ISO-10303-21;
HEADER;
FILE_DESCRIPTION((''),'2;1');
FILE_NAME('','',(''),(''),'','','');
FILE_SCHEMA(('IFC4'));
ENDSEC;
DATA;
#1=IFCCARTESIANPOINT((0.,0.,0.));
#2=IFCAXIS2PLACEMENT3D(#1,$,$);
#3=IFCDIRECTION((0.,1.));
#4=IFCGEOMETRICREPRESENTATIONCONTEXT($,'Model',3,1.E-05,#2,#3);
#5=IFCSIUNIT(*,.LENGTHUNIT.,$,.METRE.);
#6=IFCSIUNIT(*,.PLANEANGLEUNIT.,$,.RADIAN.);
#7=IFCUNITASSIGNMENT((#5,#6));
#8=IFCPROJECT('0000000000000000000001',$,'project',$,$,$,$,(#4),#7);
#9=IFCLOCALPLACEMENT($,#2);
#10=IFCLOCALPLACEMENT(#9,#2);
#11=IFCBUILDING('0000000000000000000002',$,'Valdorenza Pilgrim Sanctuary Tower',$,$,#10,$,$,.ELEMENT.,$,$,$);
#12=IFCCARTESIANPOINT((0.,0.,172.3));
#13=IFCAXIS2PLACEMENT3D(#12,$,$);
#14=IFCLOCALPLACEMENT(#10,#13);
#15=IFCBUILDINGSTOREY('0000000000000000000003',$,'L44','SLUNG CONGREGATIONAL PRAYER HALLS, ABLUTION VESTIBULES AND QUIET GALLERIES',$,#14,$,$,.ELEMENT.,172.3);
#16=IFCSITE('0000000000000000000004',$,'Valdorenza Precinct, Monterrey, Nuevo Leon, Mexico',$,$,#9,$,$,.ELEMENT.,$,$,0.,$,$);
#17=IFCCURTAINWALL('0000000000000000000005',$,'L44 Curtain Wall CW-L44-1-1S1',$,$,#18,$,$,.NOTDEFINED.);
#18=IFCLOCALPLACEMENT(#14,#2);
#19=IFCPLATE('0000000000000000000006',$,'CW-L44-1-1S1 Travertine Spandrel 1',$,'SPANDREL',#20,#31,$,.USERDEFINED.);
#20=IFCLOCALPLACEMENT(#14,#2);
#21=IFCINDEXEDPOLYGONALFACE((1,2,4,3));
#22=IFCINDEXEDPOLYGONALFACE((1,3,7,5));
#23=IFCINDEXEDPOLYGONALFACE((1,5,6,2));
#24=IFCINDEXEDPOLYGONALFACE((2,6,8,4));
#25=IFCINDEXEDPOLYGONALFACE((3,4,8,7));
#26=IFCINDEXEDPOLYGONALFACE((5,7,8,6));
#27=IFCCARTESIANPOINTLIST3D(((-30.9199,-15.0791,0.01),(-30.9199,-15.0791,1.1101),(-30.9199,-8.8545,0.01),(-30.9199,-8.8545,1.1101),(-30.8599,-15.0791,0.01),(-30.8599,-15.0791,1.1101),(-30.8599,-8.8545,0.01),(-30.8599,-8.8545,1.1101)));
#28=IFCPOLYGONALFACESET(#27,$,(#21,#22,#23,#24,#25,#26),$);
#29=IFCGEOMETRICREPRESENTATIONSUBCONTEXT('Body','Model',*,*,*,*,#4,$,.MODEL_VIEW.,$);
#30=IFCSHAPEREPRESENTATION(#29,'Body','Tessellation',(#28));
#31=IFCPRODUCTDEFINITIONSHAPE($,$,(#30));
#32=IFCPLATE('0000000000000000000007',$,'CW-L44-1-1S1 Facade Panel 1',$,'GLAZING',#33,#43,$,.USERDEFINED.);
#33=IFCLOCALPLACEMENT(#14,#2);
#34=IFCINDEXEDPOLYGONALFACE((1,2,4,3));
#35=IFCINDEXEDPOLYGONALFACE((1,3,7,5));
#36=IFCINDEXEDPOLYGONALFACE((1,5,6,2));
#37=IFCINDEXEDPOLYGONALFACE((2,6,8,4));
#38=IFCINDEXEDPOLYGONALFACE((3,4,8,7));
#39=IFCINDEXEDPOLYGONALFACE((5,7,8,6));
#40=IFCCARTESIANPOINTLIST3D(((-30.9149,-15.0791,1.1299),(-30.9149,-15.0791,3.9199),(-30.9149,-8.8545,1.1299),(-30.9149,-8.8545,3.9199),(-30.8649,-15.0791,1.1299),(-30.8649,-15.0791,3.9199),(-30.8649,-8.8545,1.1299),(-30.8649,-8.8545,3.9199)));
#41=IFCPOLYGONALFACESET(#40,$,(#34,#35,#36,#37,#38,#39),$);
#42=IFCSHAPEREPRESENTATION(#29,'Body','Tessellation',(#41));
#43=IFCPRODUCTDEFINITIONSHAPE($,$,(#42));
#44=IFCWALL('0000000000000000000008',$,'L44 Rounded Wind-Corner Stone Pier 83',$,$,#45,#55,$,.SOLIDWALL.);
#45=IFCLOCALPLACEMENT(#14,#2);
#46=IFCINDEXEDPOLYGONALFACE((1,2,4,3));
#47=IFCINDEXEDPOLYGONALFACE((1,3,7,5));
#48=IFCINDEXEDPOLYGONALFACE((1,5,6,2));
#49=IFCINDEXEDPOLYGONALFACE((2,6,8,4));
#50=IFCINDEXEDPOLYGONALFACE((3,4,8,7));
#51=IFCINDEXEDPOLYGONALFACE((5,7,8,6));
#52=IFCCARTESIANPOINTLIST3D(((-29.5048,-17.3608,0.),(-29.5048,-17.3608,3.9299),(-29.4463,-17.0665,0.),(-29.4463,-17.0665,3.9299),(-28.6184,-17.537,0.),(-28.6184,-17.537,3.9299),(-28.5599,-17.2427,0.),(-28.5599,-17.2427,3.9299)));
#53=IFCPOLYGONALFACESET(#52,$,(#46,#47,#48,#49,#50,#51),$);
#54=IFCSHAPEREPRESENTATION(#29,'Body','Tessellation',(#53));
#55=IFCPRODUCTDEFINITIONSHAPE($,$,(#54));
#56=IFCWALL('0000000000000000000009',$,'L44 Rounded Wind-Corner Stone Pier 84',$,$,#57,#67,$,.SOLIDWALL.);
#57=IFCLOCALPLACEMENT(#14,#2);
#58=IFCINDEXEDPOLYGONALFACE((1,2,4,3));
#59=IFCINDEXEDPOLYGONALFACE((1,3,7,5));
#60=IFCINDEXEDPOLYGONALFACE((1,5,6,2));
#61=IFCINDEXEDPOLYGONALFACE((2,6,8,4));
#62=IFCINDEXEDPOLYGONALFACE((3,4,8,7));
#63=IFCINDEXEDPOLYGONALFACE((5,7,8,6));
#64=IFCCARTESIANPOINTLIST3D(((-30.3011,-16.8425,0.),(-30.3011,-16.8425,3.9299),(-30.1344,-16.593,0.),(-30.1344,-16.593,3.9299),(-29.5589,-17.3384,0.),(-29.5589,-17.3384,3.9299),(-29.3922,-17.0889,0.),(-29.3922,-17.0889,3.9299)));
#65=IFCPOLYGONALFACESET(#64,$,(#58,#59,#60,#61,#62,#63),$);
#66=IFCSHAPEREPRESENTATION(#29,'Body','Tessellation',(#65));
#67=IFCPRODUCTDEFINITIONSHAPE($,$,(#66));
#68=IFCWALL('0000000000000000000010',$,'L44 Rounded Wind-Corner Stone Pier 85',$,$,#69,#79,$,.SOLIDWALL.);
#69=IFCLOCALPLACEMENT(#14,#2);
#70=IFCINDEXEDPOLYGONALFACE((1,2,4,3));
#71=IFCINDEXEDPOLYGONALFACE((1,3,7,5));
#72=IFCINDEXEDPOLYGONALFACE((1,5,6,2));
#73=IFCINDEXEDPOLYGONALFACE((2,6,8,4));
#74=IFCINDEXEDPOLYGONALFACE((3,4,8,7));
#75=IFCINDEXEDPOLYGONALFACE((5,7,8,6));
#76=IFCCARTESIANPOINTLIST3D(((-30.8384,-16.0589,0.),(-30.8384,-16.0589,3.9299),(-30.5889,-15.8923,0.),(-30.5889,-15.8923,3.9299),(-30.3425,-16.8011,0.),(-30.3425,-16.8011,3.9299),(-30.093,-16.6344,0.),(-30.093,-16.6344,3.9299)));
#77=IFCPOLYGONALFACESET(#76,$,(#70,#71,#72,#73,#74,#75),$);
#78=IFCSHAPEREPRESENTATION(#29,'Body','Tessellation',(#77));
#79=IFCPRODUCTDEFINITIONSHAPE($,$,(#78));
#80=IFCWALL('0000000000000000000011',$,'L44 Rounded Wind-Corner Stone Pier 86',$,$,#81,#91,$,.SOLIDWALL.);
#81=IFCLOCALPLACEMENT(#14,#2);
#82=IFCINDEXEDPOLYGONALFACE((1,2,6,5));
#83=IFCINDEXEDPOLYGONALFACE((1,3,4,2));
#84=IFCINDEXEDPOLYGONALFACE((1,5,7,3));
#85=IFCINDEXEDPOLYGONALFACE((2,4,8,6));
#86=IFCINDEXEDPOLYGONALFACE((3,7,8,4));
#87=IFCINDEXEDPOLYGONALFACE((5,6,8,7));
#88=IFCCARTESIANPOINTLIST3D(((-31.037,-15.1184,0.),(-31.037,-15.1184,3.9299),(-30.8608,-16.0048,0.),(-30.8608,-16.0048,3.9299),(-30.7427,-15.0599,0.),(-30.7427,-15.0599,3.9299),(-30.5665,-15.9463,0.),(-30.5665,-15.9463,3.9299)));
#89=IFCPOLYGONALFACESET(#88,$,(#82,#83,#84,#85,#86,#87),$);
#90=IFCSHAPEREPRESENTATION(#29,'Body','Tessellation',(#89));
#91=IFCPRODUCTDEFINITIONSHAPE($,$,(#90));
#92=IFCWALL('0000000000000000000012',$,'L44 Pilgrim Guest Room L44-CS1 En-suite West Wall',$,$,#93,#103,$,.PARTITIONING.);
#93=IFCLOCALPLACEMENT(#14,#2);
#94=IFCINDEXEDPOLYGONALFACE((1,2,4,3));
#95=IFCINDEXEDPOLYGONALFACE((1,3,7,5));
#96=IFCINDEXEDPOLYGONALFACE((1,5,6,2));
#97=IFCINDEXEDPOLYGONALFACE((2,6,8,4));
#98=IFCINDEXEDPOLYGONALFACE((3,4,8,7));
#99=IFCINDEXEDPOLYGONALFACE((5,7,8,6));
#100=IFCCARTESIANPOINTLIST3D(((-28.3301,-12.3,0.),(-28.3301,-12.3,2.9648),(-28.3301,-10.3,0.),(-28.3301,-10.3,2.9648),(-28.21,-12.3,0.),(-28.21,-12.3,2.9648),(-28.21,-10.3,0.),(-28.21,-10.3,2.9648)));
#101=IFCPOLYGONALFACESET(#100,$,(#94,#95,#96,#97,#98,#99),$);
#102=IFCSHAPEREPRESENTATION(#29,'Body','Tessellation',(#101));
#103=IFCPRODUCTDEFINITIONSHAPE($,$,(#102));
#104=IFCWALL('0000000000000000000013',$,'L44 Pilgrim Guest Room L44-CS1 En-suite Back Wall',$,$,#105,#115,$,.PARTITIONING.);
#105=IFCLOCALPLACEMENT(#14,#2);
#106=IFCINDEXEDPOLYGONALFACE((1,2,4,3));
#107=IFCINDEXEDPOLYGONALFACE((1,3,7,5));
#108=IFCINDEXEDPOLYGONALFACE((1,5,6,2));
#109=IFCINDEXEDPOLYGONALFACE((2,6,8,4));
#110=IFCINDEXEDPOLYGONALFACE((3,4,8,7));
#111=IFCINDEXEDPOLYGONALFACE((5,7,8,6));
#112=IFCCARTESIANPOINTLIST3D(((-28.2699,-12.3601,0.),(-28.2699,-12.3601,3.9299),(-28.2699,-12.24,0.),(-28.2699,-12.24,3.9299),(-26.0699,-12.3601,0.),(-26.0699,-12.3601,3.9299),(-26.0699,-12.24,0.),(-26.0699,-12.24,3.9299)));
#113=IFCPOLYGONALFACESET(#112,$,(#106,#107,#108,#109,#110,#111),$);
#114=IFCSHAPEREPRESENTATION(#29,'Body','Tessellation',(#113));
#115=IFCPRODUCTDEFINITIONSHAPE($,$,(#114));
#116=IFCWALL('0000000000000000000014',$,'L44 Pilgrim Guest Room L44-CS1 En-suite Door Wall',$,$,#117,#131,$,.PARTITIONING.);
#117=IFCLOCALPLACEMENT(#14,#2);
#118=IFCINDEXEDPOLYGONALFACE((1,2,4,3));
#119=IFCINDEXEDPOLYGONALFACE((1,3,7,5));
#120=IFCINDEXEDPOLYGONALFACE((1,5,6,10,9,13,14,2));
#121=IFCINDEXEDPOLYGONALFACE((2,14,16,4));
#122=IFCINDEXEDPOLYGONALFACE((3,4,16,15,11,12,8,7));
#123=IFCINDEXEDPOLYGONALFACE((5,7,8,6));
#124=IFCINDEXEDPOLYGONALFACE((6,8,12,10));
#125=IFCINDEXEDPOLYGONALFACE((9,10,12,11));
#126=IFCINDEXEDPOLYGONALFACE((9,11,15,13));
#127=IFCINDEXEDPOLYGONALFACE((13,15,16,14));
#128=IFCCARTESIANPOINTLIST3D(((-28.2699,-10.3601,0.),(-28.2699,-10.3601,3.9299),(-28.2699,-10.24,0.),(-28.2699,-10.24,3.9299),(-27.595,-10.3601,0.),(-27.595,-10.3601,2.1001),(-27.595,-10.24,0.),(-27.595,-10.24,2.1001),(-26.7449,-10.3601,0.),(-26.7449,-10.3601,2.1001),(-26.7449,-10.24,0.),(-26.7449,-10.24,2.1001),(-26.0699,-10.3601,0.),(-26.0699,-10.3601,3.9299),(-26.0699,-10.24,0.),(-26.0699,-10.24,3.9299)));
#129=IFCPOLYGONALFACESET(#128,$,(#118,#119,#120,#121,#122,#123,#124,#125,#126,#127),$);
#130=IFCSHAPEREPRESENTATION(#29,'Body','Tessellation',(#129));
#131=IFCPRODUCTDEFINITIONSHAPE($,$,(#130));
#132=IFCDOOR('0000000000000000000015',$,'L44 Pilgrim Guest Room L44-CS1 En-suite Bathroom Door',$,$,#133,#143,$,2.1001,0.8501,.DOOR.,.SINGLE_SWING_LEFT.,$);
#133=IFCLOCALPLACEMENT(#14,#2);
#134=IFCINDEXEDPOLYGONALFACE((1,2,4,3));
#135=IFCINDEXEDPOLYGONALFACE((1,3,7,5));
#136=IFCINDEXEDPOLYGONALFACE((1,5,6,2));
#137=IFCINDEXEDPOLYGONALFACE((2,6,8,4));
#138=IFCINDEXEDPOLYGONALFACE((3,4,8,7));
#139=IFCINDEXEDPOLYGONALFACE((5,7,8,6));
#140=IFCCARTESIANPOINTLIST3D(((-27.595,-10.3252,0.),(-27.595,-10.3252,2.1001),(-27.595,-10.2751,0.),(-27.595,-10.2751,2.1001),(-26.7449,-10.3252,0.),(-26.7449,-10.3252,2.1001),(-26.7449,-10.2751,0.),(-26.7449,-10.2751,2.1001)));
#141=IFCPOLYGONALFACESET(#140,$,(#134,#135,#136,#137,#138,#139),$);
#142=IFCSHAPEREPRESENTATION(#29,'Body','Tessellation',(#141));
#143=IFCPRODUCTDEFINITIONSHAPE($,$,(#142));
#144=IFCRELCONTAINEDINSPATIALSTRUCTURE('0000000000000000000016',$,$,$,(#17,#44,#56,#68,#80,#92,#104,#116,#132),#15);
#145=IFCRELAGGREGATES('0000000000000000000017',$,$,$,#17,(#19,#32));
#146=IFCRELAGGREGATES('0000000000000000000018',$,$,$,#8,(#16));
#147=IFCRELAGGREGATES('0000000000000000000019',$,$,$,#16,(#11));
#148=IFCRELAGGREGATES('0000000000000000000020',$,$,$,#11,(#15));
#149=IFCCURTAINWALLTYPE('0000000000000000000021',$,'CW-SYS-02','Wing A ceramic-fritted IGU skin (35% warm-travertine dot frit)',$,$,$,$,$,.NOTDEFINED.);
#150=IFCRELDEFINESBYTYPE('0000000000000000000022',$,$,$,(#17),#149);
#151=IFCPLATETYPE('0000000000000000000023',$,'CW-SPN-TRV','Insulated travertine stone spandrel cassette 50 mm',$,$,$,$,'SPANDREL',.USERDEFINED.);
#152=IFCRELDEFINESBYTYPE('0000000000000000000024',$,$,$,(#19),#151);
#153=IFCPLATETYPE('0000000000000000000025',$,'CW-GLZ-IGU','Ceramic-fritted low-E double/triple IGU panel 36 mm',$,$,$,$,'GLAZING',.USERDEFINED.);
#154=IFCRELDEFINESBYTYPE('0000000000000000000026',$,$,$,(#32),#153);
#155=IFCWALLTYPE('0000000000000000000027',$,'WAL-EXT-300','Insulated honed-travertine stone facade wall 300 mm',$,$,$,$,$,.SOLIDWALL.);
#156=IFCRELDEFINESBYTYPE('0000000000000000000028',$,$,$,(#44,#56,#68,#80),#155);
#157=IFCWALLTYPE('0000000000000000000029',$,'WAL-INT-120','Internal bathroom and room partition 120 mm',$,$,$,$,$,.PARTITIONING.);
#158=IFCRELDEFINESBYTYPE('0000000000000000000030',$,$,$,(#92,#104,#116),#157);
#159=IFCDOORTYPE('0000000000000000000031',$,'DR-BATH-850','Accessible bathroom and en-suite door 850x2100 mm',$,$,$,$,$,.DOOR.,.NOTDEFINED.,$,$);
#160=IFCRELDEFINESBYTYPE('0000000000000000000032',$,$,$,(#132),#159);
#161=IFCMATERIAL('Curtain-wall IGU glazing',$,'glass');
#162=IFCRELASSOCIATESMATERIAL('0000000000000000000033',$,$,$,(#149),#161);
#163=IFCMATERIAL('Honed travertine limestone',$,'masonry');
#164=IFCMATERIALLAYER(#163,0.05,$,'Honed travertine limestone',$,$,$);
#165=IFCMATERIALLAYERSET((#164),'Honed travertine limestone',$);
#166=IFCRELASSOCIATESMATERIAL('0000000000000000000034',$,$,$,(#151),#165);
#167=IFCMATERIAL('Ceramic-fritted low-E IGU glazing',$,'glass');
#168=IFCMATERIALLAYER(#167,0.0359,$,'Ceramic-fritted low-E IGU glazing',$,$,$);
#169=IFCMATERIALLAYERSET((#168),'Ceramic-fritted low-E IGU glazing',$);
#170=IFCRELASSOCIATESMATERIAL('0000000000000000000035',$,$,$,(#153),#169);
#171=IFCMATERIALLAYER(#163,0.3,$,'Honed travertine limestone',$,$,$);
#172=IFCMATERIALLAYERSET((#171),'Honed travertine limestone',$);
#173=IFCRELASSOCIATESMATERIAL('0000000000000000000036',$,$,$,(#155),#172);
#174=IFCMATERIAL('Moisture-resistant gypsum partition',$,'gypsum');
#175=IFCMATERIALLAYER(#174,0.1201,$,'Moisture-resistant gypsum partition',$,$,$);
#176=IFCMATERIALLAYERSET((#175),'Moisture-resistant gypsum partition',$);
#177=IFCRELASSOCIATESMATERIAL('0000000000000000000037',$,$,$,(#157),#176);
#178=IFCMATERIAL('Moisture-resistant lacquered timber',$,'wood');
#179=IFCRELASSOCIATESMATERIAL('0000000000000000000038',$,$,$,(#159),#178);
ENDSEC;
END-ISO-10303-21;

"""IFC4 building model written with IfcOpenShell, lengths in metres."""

from ifc_helpers import new_model, si_unit, direction, frame, frame_2d, origin, origin_2d, place, context, subcontext, project, spatial, rectangle, extrude, source, transform, mapped, material, layer, layer_set, type_object, element, fill, aggregate, save


model = new_model("IFC4")

# Units and contexts
model_context = context("Model", 3, precision=1e-05, world=origin(), true_north=direction((0.0, 1.0)))
body_context = subcontext(model_context, "Body", "Model", "MODEL_VIEW")
ifc_project = project(units=[si_unit("LENGTHUNIT", "METRE"), si_unit("PLANEANGLEUNIT", "RADIAN")], contexts=[model_context])

# Site, building, storey
site_placement = place(None, origin())
site = spatial("IfcSite", under=ifc_project, at=site_placement, Name="Valdorenza Precinct, Monterrey, Nuevo Leon, Mexico", CompositionType="ELEMENT", RefElevation=0.0)
building_placement = place(site_placement, origin())
building = spatial("IfcBuilding", under=site, at=building_placement, Name="Valdorenza Pilgrim Sanctuary Tower", CompositionType="ELEMENT")
storey_placement = place(building_placement, frame((0.0, 0.0, 172.3)))
storey = spatial("IfcBuildingStorey", under=building, at=storey_placement, Name="L44", Description="SLUNG CONGREGATIONAL PRAYER HALLS, ABLUTION VESTIBULES AND QUIET GALLERIES", CompositionType="ELEMENT", Elevation=172.3)

# Curtain wall
ifc_material_1 = material(Name="Curtain-wall IGU glazing", Category="glass")
curtain_wall_type = type_object("IfcCurtainWallType", Name="CW-SYS-02", Description="Wing A ceramic-fritted IGU skin (35% warm-travertine dot frit)", PredefinedType="NOTDEFINED", material=ifc_material_1)
curtain_wall_1_placement = place(storey_placement, origin())
curtain_wall_1 = element("IfcCurtainWall", 1, at=curtain_wall_1_placement, inside=storey, type_object=curtain_wall_type, Name="L44 Curtain Wall CW-L44-1-1S1", PredefinedType="NOTDEFINED")

# Plates
ifc_material_2 = material(Name="Honed travertine limestone", Category="masonry")
ifc_layer_1 = layer(ifc_material_2, 0.05, Name="Honed travertine limestone")
ifc_layer_set_1 = layer_set([ifc_layer_1], Name="Honed travertine limestone")
plate_type_1 = type_object("IfcPlateType", Name="CW-SPN-TRV", Description="Insulated travertine stone spandrel cassette 50 mm", ElementType="SPANDREL", PredefinedType="USERDEFINED", material=ifc_layer_set_1)
shared_shape_1 = source(origin(), body_context, "Body", "SweptSolid", [
    extrude(rectangle(XDim=6.2246, YDim=0.0601, at=origin_2d()), origin(), (0.0, 0.0, 1.0), 1.1001),
])
plate_1_placement = place(storey_placement, frame((-30.8899, -11.9668, 0.01), z_axis=(0.0, 0.0, 1.0), x_axis=(0.0, 1.0, 0.0)))
plate_1 = element("IfcPlate", 2, at=plate_1_placement, type_object=plate_type_1, Name="CW-L44-1-1S1 Travertine Spandrel 1", ObjectType="SPANDREL", PredefinedType="USERDEFINED", context=body_context, shape_type="MappedRepresentation", body=[
    mapped(shared_shape_1, transform((0.0, 0.0, 0.0), x_axis=(1.0, 0.0, 0.0), y_axis=(0.0, 1.0, 0.0), z_axis=(0.0, 0.0, 1.0), scale=1.0)),
])
ifc_material_3 = material(Name="Ceramic-fritted low-E IGU glazing", Category="glass")
ifc_layer_2 = layer(ifc_material_3, 0.0359, Name="Ceramic-fritted low-E IGU glazing")
ifc_layer_set_2 = layer_set([ifc_layer_2], Name="Ceramic-fritted low-E IGU glazing")
plate_type_2 = type_object("IfcPlateType", Name="CW-GLZ-IGU", Description="Ceramic-fritted low-E double/triple IGU panel 36 mm", ElementType="GLAZING", PredefinedType="USERDEFINED", material=ifc_layer_set_2)
shared_shape_2 = source(origin(), body_context, "Body", "SweptSolid", [
    extrude(rectangle(XDim=6.2246, YDim=0.05, at=origin_2d()), origin(), (0.0, 0.0, 1.0), 2.79),
])
plate_2_placement = place(storey_placement, frame((-30.8899, -11.9668, 1.1299), z_axis=(0.0, 0.0, 1.0), x_axis=(0.0, 1.0, 0.0)))
plate_2 = element("IfcPlate", 3, at=plate_2_placement, type_object=plate_type_2, Name="CW-L44-1-1S1 Facade Panel 1", ObjectType="GLAZING", PredefinedType="USERDEFINED", context=body_context, shape_type="MappedRepresentation", body=[
    mapped(shared_shape_2, transform((0.0, 0.0, 0.0), x_axis=(1.0, 0.0, 0.0), y_axis=(0.0, 1.0, 0.0), z_axis=(0.0, 0.0, 1.0), scale=1.0)),
])
aggregate(curtain_wall_1, [plate_1, plate_2])

# Walls
ifc_layer_3 = layer(ifc_material_2, 0.3, Name="Honed travertine limestone")
ifc_layer_set_3 = layer_set([ifc_layer_3], Name="Honed travertine limestone")
wall_type_1 = type_object("IfcWallType", Name="WAL-EXT-300", Description="Insulated honed-travertine stone facade wall 300 mm", PredefinedType="SOLIDWALL", material=ifc_layer_set_3)
wall_1_placement = place(storey_placement, frame((-28.5891, -17.3899, 0.0), z_axis=(0.0, 0.0, 1.0), x_axis=(-0.980798, 0.195025, 0.0)))
element("IfcWall", 4, at=wall_1_placement, inside=storey, type_object=wall_type_1, Name="L44 Rounded Wind-Corner Stone Pier 83", PredefinedType="SOLIDWALL", context=body_context, shape_type="SweptSolid", body=[
    extrude(rectangle(XDim=0.9038, YDim=0.3, at=frame_2d((0.4519, 0.0))), origin(), (0.0, 0.0, 1.0), 3.9299),
])
for number, where, z_axis, x_axis, name in (
    (5, (-29.4756, -17.2136, 0.0), (0.0, 0.0, 1.0), (-0.831503, 0.55552, 0.0), "L44 Rounded Wind-Corner Stone Pier 84"),
    (6, (-30.2178, -16.7178, 0.0), (0.0, 0.0, 1.0), (-0.55552, 0.831503, 0.0), "L44 Rounded Wind-Corner Stone Pier 85"),
):
    element("IfcWall", number, at=place(storey_placement, frame(where, z_axis=z_axis, x_axis=x_axis)), inside=storey, type_object=wall_type_1, Name=name, PredefinedType="SOLIDWALL", context=body_context, shape_type="SweptSolid", body=[
        extrude(rectangle(XDim=0.8926, YDim=0.3, at=frame_2d((0.4463, 0.0))), origin(), (0.0, 0.0, 1.0), 3.9299),
    ])
wall_2_placement = place(storey_placement, frame((-30.7136, -15.9756, 0.0), z_axis=(0.0, 0.0, 1.0), x_axis=(-0.195025, 0.980798, 0.0)))
element("IfcWall", 7, at=wall_2_placement, inside=storey, type_object=wall_type_1, Name="L44 Rounded Wind-Corner Stone Pier 86", PredefinedType="SOLIDWALL", context=body_context, shape_type="SweptSolid", body=[
    extrude(rectangle(XDim=0.9038, YDim=0.3, at=frame_2d((0.4519, 0.0))), origin(), (0.0, 0.0, 1.0), 3.9299),
])
ifc_material_4 = material(Name="Moisture-resistant gypsum partition", Category="gypsum")
ifc_layer_4 = layer(ifc_material_4, 0.1201, Name="Moisture-resistant gypsum partition")
ifc_layer_set_4 = layer_set([ifc_layer_4], Name="Moisture-resistant gypsum partition")
wall_type_2 = type_object("IfcWallType", Name="WAL-INT-120", Description="Internal bathroom and room partition 120 mm", PredefinedType="PARTITIONING", material=ifc_layer_set_4)
wall_3_placement = place(storey_placement, frame((-28.27, -12.3, 0.0), z_axis=(0.0, 0.0, 1.0), x_axis=(0.0, 1.0, 0.0)))
element("IfcWall", 8, at=wall_3_placement, inside=storey, type_object=wall_type_2, Name="L44 Pilgrim Guest Room L44-CS1 En-suite West Wall", PredefinedType="PARTITIONING", context=body_context, shape_type="SweptSolid", body=[
    extrude(rectangle(XDim=2.0, YDim=0.1201, at=frame_2d((1.0, 0.0))), origin(), (0.0, 0.0, 1.0), 2.9648),
])
wall_4_placement = place(storey_placement, frame((-28.27, -12.3, 0.0), z_axis=(0.0, 0.0, 1.0), x_axis=(1.0, 0.0, 0.0)))
element("IfcWall", 9, at=wall_4_placement, inside=storey, type_object=wall_type_2, Name="L44 Pilgrim Guest Room L44-CS1 En-suite Back Wall", PredefinedType="PARTITIONING", context=body_context, shape_type="SweptSolid", body=[
    extrude(rectangle(XDim=2.2, YDim=0.1201, at=frame_2d((1.1001, 0.0))), origin(), (0.0, 0.0, 1.0), 3.9299),
])

# Wall, opening, door
wall_5_placement = place(storey_placement, frame((-28.27, -10.3, 0.0), z_axis=(0.0, 0.0, 1.0), x_axis=(1.0, 0.0, 0.0)))
wall_5 = element("IfcWall", 10, at=wall_5_placement, inside=storey, type_object=wall_type_2, Name="L44 Pilgrim Guest Room L44-CS1 En-suite Door Wall", PredefinedType="PARTITIONING", context=body_context, shape_type="SweptSolid", body=[
    extrude(rectangle(XDim=2.2, YDim=0.1201, at=frame_2d((1.1001, 0.0))), origin(), (0.0, 0.0, 1.0), 3.9299),
])
opening_placement = place(wall_5_placement, frame((0.675, 0.0, 0.0)))
opening = element("IfcOpeningElement", 11, at=opening_placement, cuts=wall_5, PredefinedType="OPENING", context=body_context, shape_type="SweptSolid", body=[
    extrude(rectangle(XDim=0.8501, YDim=2.1001, at=frame_2d((0.425, 1.05))), frame((0.0, 0.075, 0.0), z_axis=(0.0, -1.0, 0.0), x_axis=(1.0, 0.0, 0.0)), (0.0, 0.0, 1.0), 0.1499),
])
ifc_material_5 = material(Name="Moisture-resistant lacquered timber", Category="wood")
door_type = type_object("IfcDoorType", Name="DR-BATH-850", Description="Accessible bathroom and en-suite door 850x2100 mm", OperationType="NOTDEFINED", PredefinedType="DOOR", material=ifc_material_5)
door_placement = place(opening_placement, origin())
door = element("IfcDoor", 12, at=door_placement, inside=storey, type_object=door_type, Name="L44 Pilgrim Guest Room L44-CS1 En-suite Bathroom Door", OperationType="SINGLE_SWING_LEFT", OverallHeight=2.1001, OverallWidth=0.8501, PredefinedType="DOOR", context=body_context, shape_type="SweptSolid", body=[
    extrude(rectangle(XDim=0.8501, YDim=2.1001, at=frame_2d((0.425, 1.05))), frame((0.0, 0.0249, 0.0), z_axis=(0.0, -1.0, 0.0), x_axis=(1.0, 0.0, 0.0)), (0.0, 0.0, 1.0), 0.05),
])
fill(opening, door)

save(model, "model.ifc")
